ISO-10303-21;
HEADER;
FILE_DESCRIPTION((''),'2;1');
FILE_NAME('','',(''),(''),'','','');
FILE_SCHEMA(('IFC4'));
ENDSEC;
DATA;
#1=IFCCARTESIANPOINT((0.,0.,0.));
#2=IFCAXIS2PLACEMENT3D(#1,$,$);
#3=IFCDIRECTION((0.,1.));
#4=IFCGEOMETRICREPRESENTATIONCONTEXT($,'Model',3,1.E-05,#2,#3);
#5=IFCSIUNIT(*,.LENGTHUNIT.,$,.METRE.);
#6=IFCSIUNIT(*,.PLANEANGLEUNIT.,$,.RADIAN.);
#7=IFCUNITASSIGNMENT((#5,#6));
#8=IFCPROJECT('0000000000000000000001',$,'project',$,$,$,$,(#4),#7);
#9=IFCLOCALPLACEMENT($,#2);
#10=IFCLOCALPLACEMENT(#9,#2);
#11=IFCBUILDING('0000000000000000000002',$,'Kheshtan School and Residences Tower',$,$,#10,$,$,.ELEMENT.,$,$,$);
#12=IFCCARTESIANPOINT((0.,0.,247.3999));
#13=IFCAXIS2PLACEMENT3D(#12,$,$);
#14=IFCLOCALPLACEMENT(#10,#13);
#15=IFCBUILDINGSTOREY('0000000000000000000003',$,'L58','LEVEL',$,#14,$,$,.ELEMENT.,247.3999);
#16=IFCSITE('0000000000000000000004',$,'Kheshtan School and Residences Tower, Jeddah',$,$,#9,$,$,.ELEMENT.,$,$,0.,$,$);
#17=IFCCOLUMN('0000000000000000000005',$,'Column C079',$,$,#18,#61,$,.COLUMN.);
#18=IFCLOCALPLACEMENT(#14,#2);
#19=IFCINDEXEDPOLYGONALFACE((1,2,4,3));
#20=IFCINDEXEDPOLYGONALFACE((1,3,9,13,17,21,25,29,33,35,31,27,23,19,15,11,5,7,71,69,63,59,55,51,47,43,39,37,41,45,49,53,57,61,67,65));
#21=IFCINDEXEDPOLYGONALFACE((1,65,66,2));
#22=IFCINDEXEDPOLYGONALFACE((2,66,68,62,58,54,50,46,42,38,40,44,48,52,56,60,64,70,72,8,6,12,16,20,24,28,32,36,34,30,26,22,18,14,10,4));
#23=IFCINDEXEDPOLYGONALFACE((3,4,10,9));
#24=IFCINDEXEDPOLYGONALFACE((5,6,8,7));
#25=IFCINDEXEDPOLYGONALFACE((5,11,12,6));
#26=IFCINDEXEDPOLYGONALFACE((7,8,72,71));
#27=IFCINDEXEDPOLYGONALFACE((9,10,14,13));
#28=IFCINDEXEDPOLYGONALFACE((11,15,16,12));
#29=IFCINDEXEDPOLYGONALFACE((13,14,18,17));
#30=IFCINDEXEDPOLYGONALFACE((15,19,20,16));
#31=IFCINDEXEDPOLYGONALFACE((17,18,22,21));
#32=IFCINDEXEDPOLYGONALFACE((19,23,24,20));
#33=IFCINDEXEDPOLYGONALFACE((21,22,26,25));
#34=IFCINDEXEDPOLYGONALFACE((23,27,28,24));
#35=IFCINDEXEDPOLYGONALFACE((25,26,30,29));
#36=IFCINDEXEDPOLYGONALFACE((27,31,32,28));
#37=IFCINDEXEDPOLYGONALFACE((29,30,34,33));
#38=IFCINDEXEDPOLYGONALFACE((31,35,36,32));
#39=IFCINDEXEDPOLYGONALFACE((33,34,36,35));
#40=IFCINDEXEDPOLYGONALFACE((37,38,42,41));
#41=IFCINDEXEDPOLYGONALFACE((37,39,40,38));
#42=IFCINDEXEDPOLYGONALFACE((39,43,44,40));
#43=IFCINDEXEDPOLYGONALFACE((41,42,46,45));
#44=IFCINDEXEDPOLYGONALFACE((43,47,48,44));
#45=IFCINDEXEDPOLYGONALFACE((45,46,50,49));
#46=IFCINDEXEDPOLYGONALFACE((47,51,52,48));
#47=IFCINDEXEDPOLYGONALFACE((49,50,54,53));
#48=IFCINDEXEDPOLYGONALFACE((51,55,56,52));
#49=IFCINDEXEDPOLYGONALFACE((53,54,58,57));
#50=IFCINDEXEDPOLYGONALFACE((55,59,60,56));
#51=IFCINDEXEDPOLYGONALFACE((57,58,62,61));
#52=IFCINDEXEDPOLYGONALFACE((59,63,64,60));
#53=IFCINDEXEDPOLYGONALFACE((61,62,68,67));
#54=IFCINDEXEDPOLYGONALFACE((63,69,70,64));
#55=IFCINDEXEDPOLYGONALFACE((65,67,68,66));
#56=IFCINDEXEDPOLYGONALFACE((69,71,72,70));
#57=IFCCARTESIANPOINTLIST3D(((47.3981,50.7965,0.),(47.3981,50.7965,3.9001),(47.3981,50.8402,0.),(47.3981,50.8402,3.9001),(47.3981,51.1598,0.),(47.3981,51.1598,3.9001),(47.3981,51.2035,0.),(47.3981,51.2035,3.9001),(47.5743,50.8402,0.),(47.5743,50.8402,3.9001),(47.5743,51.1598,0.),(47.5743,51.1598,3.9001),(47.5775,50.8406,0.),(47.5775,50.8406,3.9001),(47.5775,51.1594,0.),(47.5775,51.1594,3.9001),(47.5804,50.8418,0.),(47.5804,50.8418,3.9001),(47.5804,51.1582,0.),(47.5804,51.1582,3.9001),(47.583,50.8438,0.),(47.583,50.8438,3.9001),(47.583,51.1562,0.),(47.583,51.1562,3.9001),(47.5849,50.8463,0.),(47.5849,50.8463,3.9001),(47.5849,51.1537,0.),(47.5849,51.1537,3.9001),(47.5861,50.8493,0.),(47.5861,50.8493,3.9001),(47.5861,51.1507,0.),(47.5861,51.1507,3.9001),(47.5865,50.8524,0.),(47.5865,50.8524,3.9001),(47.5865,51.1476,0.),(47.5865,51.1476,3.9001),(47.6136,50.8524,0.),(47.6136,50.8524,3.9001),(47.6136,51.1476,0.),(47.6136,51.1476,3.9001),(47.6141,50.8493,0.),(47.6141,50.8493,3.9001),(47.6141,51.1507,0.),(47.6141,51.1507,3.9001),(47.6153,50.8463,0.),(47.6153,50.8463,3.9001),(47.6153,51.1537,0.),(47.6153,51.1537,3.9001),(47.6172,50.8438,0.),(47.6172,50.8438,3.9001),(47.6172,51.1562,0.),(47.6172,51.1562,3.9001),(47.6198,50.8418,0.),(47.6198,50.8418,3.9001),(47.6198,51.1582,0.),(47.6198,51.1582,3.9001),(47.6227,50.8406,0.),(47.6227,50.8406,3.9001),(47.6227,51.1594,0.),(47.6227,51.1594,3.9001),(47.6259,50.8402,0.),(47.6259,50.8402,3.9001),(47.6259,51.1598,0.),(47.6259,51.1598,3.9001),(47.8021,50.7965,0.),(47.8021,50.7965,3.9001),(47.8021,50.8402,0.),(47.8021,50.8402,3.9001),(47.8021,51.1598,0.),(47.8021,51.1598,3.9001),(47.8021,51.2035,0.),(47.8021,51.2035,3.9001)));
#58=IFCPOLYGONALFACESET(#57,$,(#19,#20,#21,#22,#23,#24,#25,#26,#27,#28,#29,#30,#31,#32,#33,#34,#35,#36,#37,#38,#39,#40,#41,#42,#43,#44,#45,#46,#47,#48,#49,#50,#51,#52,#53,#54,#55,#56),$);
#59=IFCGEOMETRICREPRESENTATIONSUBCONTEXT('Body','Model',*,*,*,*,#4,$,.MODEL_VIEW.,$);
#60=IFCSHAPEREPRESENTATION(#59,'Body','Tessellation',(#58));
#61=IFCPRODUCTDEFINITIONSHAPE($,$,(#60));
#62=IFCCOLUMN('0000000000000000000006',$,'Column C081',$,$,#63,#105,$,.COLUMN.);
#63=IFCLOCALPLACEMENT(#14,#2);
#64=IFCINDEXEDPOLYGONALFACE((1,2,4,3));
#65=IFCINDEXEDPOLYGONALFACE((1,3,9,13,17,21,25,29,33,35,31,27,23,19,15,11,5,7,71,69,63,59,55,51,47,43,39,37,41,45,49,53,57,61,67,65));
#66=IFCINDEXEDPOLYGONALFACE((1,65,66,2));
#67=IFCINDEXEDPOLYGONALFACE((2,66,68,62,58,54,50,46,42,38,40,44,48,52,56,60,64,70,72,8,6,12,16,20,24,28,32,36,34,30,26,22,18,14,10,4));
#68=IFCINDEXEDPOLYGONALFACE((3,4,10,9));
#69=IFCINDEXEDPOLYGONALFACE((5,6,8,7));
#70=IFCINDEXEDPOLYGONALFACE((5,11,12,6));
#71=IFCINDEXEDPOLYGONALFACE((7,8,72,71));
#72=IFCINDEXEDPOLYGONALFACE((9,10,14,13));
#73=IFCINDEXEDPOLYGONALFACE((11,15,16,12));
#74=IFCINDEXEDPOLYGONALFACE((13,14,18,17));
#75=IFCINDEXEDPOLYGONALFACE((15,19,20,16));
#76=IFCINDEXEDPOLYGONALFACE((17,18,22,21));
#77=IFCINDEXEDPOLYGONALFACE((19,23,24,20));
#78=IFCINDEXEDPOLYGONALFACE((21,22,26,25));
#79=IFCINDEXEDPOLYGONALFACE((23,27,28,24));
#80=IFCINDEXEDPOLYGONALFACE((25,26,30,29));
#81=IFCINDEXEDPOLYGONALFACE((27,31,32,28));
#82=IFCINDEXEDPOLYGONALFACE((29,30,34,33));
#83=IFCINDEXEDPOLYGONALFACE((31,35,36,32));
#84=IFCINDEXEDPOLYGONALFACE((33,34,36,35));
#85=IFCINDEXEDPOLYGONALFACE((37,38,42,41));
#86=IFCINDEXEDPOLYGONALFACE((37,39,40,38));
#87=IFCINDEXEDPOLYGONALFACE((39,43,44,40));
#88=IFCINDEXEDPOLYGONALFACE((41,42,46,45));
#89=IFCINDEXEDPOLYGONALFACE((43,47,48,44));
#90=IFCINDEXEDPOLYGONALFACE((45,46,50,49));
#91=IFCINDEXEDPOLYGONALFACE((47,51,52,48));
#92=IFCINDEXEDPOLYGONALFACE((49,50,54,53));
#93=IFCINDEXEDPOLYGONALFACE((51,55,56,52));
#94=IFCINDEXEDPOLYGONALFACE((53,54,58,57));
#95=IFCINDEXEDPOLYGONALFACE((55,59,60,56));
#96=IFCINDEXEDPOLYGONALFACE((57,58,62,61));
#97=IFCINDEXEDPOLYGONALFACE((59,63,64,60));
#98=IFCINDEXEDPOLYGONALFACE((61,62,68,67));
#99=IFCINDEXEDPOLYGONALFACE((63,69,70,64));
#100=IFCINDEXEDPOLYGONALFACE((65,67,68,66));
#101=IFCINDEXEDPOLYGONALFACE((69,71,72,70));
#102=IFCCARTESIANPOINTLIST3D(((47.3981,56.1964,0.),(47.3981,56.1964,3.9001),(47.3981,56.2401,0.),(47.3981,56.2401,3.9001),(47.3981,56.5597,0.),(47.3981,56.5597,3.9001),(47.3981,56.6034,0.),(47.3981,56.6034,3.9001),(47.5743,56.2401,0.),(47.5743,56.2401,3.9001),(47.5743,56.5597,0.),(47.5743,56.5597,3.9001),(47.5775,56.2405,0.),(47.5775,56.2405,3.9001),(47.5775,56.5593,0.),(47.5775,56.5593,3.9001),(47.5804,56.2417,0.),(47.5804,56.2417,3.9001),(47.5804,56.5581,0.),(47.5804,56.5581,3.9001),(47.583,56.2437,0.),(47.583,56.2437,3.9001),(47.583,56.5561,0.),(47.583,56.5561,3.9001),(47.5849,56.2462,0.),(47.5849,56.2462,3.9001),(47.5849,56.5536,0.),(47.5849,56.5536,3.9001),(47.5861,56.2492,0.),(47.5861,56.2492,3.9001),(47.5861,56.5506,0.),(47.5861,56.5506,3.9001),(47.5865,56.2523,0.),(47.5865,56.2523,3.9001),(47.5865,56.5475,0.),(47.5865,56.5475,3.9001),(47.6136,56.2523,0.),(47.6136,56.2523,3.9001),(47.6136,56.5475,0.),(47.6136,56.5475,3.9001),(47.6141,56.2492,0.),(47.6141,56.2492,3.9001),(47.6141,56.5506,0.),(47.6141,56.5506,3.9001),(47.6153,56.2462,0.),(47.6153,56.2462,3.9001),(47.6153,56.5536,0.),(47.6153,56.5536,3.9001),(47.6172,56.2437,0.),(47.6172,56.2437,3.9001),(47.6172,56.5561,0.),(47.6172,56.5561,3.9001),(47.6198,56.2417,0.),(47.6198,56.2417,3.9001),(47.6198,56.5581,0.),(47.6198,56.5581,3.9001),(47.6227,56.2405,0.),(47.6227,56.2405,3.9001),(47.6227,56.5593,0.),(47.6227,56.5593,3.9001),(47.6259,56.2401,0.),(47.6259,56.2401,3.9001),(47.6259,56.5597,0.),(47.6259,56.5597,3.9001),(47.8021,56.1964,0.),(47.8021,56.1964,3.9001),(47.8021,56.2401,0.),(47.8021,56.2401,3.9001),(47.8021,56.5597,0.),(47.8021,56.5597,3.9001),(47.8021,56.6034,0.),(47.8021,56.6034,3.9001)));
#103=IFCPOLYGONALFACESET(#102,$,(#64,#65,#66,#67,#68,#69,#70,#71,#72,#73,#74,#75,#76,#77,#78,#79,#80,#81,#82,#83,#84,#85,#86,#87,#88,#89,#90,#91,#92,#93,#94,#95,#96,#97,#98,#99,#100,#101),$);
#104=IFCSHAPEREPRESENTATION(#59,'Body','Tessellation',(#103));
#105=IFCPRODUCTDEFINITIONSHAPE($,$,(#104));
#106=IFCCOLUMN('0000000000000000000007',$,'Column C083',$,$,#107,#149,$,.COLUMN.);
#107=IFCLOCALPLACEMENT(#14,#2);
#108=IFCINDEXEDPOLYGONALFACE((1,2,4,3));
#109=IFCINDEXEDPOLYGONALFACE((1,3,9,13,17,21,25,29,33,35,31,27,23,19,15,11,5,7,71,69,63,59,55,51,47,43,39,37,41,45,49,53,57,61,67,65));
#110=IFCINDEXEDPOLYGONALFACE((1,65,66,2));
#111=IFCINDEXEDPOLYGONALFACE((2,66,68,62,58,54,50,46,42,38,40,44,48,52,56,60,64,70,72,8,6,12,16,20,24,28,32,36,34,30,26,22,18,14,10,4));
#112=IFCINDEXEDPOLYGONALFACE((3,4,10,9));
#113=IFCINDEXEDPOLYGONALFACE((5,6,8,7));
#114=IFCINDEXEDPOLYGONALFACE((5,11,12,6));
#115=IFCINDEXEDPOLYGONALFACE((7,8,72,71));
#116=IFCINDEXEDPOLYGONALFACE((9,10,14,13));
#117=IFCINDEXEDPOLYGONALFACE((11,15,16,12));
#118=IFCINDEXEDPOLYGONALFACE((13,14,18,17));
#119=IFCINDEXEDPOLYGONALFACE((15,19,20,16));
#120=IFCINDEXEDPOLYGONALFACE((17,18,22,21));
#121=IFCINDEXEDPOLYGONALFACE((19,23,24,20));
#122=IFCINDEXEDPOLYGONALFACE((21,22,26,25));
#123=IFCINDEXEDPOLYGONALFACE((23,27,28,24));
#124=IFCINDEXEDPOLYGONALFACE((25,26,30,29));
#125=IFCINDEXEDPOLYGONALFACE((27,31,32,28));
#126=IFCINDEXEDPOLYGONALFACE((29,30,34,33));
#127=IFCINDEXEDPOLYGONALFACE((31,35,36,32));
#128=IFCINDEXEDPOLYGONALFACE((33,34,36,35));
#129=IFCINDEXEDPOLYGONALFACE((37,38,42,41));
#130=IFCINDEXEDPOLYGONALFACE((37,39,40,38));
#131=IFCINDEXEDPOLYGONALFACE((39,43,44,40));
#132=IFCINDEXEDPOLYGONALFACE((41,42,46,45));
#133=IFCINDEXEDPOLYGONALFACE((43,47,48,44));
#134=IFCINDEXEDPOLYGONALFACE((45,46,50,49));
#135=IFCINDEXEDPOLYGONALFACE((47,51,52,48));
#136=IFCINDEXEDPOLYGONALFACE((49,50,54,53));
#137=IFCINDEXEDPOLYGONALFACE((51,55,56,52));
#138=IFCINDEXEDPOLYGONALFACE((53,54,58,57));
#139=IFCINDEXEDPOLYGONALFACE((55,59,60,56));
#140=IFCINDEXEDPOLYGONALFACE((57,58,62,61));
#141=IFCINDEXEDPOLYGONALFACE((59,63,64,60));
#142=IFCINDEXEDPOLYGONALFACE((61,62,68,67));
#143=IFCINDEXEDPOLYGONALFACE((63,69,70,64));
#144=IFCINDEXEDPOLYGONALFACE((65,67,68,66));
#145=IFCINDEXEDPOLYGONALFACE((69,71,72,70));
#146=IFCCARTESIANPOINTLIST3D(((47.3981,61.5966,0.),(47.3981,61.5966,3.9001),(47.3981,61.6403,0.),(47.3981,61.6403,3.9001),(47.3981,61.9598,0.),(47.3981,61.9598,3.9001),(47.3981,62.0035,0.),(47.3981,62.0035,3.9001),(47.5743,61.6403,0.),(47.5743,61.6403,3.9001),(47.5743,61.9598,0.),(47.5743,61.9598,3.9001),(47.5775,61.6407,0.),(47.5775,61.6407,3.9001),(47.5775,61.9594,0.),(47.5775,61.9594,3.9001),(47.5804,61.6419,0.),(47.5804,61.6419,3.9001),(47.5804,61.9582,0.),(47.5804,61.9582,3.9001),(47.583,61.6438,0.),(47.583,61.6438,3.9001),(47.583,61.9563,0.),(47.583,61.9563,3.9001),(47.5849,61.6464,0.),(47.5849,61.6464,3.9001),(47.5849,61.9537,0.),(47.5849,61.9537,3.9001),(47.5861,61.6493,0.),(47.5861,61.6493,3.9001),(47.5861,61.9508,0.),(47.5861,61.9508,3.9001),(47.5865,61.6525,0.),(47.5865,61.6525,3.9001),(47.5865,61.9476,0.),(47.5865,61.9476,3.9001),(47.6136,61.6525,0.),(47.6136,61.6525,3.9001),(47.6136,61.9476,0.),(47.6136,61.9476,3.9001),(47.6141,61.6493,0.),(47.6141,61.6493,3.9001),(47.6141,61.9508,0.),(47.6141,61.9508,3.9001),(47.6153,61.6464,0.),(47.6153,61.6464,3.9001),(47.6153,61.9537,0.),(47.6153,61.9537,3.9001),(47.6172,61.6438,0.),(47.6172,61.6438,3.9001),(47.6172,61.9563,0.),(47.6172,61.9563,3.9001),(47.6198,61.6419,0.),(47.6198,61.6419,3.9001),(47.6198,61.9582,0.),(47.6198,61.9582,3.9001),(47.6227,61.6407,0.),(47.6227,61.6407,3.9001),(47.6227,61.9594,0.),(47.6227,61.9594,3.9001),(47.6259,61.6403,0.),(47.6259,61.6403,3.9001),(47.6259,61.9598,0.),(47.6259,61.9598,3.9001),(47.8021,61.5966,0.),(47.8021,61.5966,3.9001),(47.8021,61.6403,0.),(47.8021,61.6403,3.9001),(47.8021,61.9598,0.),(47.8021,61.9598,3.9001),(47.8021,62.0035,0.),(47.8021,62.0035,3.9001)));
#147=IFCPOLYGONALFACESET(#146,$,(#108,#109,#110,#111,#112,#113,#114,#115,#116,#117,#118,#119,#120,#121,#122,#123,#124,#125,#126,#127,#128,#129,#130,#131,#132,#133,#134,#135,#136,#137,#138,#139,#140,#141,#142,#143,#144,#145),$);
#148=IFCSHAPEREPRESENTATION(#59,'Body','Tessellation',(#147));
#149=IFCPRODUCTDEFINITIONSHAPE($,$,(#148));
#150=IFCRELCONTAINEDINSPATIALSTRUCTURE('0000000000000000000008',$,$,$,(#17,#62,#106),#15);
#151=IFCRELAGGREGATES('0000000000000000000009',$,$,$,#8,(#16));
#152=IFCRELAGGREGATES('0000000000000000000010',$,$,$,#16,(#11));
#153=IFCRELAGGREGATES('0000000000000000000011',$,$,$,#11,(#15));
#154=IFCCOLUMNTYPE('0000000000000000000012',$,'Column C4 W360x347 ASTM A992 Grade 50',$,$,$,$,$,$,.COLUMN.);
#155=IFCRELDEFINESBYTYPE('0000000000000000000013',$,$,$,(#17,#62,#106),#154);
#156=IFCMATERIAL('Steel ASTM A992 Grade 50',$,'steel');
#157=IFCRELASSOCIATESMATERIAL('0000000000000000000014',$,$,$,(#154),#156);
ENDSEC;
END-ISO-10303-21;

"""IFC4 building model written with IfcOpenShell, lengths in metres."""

from ifc_helpers import new_model, si_unit, direction, frame, origin, origin_2d, place, context, subcontext, project, spatial, i_section, extrude, material, material_profile, profile_set, type_object, element, save


model = new_model("IFC4")

# Units and contexts
model_context = context("Model", 3, precision=1e-05, world=origin(), true_north=direction((0.0, 1.0)))
body_context = subcontext(model_context, "Body", "Model", "MODEL_VIEW")
ifc_project = project(units=[si_unit("LENGTHUNIT", "METRE"), si_unit("PLANEANGLEUNIT", "RADIAN")], contexts=[model_context])

# Site, building, storey
site_placement = place(None, origin())
site = spatial("IfcSite", under=ifc_project, at=site_placement, Name="Kheshtan School and Residences Tower, Jeddah", CompositionType="ELEMENT", RefElevation=0.0)
building_placement = place(site_placement, origin())
building = spatial("IfcBuilding", under=site, at=building_placement, Name="Kheshtan School and Residences Tower", CompositionType="ELEMENT")
storey_placement = place(building_placement, frame((0.0, 0.0, 247.3999)))
storey = spatial("IfcBuildingStorey", under=building, at=storey_placement, Name="L58", Description="LEVEL", CompositionType="ELEMENT", Elevation=247.3999)

# Columns
ifc_material_1 = material(Name="Steel ASTM A992 Grade 50", Category="steel")
ifc_material_profile_1 = material_profile(ifc_material_1, i_section(OverallWidth=0.4041, OverallDepth=0.407, WebThickness=0.0271, FlangeThickness=0.0437, FilletRadius=0.0122, at=origin_2d()), Name="W360x347")
ifc_profile_set_1 = profile_set([ifc_material_profile_1], Name="Steel ASTM A992 Grade 50")
column_type_1 = type_object("IfcColumnType", Name="Column C4 W360x347 ASTM A992 Grade 50", PredefinedType="COLUMN", material=ifc_profile_set_1)
for number, where, z_axis, x_axis, name in (
    (1, (47.6001, 51.0, 0.0), (0.0, 0.0, 1.0), (1.0, 0.0, 0.0), "Column C079"),
    (2, (47.6001, 56.3999, 0.0), (0.0, 0.0, 1.0), (1.0, 0.0, 0.0), "Column C081"),
    (3, (47.6001, 61.8, 0.0), (0.0, 0.0, 1.0), (1.0, 0.0, 0.0), "Column C083"),
):
    element("IfcColumn", number, at=place(storey_placement, frame(where, z_axis=z_axis, x_axis=x_axis)), inside=storey, type_object=column_type_1, Name=name, PredefinedType="COLUMN", context=body_context, shape_type="SweptSolid", body=[
        extrude(i_section(OverallWidth=0.4041, OverallDepth=0.407, WebThickness=0.0271, FlangeThickness=0.0437, FilletRadius=0.0122, at=origin_2d()), origin(), (0.0, 0.0, 1.0), 3.9001),
    ])

save(model, "model.ifc")
